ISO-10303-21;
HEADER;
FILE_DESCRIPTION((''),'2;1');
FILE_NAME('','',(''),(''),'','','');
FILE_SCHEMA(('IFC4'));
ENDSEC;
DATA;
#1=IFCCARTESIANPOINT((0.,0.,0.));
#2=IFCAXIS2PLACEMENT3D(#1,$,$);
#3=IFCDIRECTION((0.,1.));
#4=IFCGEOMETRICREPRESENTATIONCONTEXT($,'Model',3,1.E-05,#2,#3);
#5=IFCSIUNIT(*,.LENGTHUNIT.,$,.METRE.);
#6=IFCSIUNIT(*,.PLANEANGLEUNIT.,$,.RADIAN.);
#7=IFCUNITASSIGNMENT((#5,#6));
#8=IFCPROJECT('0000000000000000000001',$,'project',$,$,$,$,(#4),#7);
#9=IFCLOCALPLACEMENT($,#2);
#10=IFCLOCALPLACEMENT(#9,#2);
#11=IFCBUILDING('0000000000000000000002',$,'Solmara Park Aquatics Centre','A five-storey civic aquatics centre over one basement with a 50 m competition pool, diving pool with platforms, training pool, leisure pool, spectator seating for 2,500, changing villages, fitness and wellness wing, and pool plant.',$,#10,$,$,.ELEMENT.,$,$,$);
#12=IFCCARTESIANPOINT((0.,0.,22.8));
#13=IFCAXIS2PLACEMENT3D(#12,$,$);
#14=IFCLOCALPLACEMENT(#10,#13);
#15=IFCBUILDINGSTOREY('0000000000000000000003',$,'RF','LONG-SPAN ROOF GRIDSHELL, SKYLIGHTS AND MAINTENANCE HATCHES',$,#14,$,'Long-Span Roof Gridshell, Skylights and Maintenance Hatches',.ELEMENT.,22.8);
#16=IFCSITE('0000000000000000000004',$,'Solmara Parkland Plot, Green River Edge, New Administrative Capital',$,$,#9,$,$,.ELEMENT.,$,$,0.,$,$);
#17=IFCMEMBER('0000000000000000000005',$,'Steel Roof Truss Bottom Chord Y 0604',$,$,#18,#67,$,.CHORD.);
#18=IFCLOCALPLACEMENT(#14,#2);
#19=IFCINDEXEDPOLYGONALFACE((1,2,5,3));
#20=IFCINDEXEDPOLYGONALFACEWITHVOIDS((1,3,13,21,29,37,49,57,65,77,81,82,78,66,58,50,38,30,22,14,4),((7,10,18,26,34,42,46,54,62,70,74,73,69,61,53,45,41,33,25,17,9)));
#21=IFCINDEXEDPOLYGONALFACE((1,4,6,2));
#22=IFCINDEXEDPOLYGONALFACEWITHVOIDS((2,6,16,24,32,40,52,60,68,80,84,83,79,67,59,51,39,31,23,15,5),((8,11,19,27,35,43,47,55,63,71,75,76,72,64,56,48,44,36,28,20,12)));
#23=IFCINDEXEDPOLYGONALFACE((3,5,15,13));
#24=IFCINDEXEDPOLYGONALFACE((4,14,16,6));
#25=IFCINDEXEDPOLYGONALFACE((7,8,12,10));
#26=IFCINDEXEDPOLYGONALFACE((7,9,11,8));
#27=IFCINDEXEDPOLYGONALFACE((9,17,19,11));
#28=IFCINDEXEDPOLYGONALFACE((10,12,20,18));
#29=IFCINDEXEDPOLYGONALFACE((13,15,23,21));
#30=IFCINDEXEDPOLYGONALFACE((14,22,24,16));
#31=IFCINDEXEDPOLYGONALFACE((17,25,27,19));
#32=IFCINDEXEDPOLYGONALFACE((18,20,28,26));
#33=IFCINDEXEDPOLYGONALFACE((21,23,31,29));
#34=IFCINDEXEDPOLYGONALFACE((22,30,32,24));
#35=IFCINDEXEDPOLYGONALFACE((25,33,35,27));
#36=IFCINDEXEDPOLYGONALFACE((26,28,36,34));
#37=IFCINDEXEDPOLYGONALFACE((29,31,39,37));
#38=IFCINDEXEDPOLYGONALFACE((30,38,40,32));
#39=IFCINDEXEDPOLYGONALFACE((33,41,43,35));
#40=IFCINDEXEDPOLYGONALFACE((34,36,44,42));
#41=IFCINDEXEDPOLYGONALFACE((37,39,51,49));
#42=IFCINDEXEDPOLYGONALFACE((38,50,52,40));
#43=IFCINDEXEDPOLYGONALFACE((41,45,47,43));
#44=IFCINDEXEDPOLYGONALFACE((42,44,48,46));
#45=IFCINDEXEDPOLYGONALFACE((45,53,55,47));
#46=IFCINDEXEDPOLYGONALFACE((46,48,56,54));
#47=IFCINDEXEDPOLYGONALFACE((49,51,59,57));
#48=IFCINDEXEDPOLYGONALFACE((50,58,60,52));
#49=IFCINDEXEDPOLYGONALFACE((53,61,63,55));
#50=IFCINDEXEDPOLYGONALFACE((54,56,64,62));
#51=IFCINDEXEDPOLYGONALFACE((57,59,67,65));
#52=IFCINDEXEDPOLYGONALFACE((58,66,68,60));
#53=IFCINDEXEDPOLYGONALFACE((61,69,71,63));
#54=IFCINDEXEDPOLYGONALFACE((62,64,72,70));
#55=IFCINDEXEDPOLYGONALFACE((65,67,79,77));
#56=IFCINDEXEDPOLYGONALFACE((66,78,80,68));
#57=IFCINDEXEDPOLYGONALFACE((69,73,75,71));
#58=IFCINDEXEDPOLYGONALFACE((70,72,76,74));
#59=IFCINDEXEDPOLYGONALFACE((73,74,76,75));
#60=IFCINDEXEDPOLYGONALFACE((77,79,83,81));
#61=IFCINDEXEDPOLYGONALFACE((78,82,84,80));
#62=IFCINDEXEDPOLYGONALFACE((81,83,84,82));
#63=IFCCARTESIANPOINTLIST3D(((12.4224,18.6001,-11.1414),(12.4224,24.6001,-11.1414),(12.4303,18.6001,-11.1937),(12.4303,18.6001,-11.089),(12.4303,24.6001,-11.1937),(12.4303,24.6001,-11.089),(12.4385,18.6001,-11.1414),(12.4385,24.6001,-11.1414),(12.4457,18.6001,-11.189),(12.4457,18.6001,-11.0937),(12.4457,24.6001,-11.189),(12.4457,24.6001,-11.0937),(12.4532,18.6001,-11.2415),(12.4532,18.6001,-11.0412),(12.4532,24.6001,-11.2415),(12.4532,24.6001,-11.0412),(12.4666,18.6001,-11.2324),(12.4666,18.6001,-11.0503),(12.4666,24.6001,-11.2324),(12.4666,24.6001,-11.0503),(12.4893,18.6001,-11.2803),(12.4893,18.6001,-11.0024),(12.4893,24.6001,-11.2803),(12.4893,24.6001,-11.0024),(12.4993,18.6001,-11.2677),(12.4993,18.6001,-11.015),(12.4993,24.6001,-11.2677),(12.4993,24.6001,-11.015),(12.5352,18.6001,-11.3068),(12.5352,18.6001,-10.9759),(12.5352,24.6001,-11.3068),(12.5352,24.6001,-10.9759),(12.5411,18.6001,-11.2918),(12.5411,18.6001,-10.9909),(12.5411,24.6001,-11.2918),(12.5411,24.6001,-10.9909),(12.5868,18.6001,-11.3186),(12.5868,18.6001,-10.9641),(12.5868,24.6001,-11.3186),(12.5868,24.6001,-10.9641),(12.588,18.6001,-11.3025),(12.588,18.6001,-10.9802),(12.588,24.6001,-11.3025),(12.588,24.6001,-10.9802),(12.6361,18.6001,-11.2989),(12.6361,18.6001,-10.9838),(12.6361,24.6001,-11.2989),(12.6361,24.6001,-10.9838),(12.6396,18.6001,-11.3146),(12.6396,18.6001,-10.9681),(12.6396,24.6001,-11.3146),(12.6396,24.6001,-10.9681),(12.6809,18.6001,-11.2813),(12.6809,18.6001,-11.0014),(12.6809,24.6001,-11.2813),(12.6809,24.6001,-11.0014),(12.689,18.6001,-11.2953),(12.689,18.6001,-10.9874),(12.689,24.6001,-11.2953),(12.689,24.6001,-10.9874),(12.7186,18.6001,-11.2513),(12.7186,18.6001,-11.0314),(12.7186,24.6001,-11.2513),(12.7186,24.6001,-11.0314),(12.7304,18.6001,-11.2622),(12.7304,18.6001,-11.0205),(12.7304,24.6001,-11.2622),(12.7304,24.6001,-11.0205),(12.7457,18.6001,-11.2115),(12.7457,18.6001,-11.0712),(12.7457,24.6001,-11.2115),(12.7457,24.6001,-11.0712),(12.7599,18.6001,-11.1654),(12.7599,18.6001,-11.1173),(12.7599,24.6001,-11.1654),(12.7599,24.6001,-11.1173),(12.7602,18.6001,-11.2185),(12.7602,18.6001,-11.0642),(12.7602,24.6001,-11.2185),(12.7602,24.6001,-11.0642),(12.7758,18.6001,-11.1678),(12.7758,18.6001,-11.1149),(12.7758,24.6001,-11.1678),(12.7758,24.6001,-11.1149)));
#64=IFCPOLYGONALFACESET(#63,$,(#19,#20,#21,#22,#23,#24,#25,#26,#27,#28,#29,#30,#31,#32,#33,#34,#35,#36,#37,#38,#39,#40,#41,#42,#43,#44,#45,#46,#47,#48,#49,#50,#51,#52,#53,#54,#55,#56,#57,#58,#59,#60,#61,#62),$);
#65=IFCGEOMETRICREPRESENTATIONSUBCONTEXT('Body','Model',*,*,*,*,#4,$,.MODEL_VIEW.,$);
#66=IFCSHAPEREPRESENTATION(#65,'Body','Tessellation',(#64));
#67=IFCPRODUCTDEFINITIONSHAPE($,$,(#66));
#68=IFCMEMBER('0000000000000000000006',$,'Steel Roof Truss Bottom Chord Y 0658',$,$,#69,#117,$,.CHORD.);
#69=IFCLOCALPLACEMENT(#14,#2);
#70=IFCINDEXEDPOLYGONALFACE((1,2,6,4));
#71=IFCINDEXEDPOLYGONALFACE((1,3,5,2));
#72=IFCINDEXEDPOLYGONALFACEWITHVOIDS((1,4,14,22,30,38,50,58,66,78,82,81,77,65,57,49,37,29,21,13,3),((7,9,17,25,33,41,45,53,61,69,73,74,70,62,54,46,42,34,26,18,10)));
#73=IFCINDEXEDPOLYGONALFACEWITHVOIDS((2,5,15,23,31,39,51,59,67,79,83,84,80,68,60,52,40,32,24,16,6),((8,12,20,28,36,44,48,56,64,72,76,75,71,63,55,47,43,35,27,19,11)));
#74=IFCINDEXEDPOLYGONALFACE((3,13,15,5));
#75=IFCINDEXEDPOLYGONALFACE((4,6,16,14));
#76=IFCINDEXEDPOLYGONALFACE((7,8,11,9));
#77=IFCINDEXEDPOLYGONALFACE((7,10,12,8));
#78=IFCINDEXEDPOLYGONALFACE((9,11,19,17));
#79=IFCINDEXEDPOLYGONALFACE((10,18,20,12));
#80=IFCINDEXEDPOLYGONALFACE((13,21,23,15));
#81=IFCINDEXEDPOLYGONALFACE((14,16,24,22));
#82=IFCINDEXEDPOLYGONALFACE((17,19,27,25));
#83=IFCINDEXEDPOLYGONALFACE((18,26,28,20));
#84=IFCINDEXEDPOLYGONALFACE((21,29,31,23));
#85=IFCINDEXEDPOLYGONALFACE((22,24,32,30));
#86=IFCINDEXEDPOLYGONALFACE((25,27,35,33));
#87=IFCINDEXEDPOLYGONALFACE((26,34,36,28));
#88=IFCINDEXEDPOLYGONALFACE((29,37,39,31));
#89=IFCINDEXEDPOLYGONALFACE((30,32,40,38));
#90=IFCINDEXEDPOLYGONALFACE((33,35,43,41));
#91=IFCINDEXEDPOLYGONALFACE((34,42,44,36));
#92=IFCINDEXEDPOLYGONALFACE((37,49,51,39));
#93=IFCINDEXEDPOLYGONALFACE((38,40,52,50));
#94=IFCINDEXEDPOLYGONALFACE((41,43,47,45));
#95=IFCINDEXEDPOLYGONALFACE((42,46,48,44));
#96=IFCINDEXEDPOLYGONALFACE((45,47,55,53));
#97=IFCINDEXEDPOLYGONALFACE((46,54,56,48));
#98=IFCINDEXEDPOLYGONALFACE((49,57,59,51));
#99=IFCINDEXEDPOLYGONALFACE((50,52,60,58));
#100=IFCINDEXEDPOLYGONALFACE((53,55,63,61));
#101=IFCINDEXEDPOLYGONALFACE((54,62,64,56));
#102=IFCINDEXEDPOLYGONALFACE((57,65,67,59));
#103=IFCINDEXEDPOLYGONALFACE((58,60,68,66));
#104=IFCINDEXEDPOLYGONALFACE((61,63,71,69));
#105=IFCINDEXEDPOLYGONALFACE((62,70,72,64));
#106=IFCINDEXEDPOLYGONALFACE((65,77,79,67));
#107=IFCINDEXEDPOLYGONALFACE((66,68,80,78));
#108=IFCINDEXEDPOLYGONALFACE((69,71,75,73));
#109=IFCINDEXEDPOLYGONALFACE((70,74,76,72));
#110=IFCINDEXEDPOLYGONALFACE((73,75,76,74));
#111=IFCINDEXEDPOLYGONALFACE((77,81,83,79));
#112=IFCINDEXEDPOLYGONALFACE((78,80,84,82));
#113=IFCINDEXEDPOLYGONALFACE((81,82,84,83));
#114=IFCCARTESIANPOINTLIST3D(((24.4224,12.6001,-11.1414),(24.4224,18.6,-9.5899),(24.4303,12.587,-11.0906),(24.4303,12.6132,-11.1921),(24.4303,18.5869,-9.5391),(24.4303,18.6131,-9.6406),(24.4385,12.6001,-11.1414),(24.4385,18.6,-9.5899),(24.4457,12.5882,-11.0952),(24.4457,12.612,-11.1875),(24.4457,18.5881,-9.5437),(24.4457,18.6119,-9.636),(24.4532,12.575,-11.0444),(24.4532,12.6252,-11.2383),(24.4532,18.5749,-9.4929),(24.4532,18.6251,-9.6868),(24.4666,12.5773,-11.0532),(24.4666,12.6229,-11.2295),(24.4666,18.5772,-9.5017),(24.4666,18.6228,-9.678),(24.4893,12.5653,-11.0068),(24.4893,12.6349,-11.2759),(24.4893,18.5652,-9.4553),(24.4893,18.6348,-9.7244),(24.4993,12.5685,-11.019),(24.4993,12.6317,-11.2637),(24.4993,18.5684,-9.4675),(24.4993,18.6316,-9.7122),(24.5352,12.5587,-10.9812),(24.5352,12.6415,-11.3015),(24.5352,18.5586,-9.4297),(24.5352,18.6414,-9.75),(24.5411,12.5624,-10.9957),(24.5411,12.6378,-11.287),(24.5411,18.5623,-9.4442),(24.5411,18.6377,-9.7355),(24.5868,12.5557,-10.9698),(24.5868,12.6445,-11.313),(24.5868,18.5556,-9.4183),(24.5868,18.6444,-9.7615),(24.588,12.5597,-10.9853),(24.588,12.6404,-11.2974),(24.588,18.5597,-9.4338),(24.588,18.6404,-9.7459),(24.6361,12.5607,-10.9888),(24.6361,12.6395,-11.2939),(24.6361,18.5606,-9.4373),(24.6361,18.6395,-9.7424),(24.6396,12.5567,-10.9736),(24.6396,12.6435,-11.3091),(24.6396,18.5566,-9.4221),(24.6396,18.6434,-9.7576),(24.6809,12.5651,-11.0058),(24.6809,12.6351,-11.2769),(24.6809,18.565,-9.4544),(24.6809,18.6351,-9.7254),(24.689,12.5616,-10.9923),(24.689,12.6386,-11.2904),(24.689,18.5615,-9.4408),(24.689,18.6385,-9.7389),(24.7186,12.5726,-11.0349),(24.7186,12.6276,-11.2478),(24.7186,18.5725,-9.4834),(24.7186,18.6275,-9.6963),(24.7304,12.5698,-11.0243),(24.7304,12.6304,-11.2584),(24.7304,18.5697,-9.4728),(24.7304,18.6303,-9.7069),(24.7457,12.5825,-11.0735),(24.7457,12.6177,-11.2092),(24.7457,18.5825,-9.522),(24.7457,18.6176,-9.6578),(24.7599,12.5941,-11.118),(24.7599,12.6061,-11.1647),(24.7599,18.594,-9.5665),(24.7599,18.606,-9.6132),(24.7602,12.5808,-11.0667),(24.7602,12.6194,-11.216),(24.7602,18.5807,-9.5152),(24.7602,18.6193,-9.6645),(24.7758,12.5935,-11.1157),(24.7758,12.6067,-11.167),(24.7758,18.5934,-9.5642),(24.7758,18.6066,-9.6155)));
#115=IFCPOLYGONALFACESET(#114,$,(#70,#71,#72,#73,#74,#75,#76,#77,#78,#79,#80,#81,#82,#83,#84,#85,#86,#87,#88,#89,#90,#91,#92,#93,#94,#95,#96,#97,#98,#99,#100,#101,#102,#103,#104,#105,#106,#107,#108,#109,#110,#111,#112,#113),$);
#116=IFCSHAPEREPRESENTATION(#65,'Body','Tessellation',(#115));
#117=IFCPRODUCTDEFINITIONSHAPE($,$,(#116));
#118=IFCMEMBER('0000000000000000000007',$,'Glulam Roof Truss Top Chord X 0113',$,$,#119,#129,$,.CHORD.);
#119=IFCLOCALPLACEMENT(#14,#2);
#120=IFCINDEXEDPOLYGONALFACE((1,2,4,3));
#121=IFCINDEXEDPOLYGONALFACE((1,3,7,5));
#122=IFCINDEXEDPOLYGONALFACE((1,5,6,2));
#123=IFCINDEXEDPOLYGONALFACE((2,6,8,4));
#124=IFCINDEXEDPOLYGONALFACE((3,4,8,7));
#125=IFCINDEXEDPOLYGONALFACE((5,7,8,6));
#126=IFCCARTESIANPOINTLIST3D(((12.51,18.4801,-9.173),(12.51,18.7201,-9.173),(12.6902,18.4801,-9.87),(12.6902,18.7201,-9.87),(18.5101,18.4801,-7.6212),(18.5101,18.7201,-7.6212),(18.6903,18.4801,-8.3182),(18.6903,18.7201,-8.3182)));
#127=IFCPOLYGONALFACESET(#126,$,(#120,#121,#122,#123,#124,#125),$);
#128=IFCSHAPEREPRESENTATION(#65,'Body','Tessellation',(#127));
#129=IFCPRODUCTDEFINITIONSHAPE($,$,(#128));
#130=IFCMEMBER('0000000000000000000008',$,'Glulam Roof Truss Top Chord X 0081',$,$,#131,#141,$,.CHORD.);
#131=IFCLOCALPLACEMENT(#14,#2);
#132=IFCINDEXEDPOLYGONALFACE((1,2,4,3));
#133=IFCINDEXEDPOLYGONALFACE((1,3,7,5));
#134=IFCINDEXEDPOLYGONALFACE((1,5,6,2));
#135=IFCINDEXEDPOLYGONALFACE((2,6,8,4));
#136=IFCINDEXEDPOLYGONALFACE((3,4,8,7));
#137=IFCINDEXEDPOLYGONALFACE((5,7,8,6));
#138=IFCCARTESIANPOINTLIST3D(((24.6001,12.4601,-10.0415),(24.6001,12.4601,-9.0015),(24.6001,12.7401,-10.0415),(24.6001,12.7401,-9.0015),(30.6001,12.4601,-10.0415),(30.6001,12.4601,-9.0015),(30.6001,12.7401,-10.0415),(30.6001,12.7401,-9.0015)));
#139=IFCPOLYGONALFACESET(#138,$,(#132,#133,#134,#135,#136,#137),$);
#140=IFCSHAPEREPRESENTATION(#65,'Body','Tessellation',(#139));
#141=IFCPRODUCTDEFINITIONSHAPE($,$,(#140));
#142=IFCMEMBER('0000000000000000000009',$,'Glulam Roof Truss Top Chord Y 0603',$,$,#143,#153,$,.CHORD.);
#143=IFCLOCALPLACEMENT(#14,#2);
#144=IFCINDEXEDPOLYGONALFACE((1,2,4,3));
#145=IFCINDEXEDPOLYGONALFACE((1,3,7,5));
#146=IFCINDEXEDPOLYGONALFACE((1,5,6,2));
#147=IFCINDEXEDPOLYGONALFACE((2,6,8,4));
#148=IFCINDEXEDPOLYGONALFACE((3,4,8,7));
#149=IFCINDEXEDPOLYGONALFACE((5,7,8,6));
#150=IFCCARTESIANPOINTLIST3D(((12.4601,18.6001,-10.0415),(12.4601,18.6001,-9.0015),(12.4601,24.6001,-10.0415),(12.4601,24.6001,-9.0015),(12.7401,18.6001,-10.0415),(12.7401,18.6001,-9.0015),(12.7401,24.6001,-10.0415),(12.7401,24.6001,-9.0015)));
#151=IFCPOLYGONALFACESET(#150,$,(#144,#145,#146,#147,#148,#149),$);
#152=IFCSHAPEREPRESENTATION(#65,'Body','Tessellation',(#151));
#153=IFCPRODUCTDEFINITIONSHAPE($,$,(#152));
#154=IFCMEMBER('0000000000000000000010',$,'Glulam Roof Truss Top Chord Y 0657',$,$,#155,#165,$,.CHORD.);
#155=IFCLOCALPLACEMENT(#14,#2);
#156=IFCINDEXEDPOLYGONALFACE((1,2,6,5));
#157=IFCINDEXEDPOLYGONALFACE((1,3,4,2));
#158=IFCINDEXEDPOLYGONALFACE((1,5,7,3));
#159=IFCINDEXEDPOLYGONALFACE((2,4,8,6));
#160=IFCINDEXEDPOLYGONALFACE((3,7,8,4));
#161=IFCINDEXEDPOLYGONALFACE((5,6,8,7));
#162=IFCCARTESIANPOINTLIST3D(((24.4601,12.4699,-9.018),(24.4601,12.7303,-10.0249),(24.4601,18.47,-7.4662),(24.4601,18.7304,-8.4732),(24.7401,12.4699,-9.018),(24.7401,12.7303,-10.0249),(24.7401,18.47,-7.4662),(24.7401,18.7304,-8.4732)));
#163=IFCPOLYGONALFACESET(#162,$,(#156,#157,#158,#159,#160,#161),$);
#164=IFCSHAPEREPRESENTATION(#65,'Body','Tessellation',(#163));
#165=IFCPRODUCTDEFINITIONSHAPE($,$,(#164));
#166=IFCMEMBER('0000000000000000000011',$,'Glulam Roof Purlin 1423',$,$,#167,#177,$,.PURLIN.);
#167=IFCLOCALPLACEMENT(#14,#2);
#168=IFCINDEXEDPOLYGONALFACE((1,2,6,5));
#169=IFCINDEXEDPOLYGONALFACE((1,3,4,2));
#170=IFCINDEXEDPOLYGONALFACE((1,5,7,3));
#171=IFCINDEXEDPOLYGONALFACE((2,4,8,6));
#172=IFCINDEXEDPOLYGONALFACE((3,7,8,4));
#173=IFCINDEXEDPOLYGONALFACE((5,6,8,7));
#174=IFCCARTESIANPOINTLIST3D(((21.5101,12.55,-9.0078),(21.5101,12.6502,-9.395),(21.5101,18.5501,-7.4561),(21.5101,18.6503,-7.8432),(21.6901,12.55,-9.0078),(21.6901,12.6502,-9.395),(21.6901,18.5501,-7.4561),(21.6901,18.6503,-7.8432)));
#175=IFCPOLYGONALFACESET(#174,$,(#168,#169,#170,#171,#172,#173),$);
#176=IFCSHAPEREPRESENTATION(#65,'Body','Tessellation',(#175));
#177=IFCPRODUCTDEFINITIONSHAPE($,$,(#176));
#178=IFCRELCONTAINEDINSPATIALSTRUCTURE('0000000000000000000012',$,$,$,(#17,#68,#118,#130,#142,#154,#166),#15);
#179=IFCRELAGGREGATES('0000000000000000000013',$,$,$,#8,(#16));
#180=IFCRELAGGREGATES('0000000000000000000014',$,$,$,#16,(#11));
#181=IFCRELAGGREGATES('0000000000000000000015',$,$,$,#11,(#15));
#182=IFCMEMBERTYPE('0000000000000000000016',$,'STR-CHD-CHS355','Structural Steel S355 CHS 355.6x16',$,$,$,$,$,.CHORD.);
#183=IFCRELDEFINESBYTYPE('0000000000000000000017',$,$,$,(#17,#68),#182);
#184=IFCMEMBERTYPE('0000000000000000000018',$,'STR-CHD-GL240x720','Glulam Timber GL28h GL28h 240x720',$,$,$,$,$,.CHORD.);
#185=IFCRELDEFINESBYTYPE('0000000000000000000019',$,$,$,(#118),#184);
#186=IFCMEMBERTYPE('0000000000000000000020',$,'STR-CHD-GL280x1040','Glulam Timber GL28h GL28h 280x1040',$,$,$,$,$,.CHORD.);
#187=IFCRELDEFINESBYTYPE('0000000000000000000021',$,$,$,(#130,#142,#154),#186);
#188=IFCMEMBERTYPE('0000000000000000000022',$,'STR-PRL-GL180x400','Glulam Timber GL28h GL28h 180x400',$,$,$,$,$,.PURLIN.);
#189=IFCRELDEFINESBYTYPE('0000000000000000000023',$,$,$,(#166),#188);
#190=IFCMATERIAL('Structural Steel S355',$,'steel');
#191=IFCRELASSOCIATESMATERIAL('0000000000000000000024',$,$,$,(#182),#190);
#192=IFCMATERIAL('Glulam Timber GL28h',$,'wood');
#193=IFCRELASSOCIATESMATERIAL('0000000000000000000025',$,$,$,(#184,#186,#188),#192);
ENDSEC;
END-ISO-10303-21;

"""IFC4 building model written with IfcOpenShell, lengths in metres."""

from ifc_helpers import new_model, si_unit, direction, frame, origin, origin_2d, place, context, subcontext, project, spatial, rectangle, hollow_circle, extrude, material, material_profile, profile_set, type_object, element, save


model = new_model("IFC4")

# Units and contexts
model_context = context("Model", 3, precision=1e-05, world=origin(), true_north=direction((0.0, 1.0)))
body_context = subcontext(model_context, "Body", "Model", "MODEL_VIEW")
ifc_project = project(units=[si_unit("LENGTHUNIT", "METRE"), si_unit("PLANEANGLEUNIT", "RADIAN")], contexts=[model_context])

# Site, building, storey
site_placement = place(None, origin())
site = spatial("IfcSite", under=ifc_project, at=site_placement, Name="Solmara Parkland Plot, Green River Edge, New Administrative Capital", CompositionType="ELEMENT", RefElevation=0.0)
building_placement = place(site_placement, origin())
building = spatial("IfcBuilding", under=site, at=building_placement, Name="Solmara Park Aquatics Centre", Description="A five-storey civic aquatics centre over one basement with a 50 m competition pool, diving pool with platforms, training pool, leisure pool, spectator seating for 2,500, changing villages, fitness and wellness wing, and pool plant.", CompositionType="ELEMENT")
storey_placement = place(building_placement, frame((0.0, 0.0, 22.8)))
storey = spatial("IfcBuildingStorey", under=building, at=storey_placement, Name="RF", Description="LONG-SPAN ROOF GRIDSHELL, SKYLIGHTS AND MAINTENANCE HATCHES", LongName="Long-Span Roof Gridshell, Skylights and Maintenance Hatches", CompositionType="ELEMENT", Elevation=22.8)

# Members
ifc_material_1 = material(Name="Structural Steel S355", Category="steel")
ifc_material_profile_1 = material_profile(ifc_material_1, hollow_circle(Radius=0.1777, WallThickness=0.0161, at=origin_2d()), Name="CHS 355.6x16")
ifc_profile_set_1 = profile_set([ifc_material_profile_1], Name="Structural Steel S355")
member_type_1 = type_object("IfcMemberType", Name="STR-CHD-CHS355", Description="Structural Steel S355 CHS 355.6x16", PredefinedType="CHORD", material=ifc_profile_set_1)
for number, where, z_axis, x_axis, name in (
    (1, (12.6001, 18.6001, -11.1414), (0.0, 1.0, 0.0), (-1.0, 0.0, 0.0), "Steel Roof Truss Bottom Chord Y 0604"),
):
    element("IfcMember", number, at=place(storey_placement, frame(where, z_axis=z_axis, x_axis=x_axis)), inside=storey, type_object=member_type_1, Name=name, PredefinedType="CHORD", context=body_context, shape_type="SweptSolid", body=[
        extrude(hollow_circle(Radius=0.1777, WallThickness=0.0161, at=origin_2d()), origin(), (0.0, 0.0, 1.0), 6.0),
    ])
member_1_placement = place(storey_placement, frame((24.6001, 12.6001, -11.1414), z_axis=(0.0, 0.968155, 0.250351), x_axis=(-1.0, 0.0, 0.0)))
element("IfcMember", 2, at=member_1_placement, inside=storey, type_object=member_type_1, Name="Steel Roof Truss Bottom Chord Y 0658", PredefinedType="CHORD", context=body_context, shape_type="SweptSolid", body=[
    extrude(hollow_circle(Radius=0.1777, WallThickness=0.0161, at=origin_2d()), origin(), (0.0, 0.0, 1.0), 6.1973),
])
ifc_material_2 = material(Name="Glulam Timber GL28h", Category="wood")
ifc_material_profile_2 = material_profile(ifc_material_2, rectangle(XDim=0.24, YDim=0.72, at=origin_2d()), Name="GL28h 240x720")
ifc_profile_set_2 = profile_set([ifc_material_profile_2], Name="Glulam Timber GL28h")
member_type_2 = type_object("IfcMemberType", Name="STR-CHD-GL240x720", Description="Glulam Timber GL28h GL28h 240x720", PredefinedType="CHORD", material=ifc_profile_set_2)
member_2_placement = place(storey_placement, frame((12.6001, 18.6001, -9.5215), z_axis=(0.968146, 0.0, 0.250388), x_axis=(0.0, 1.0, 0.0)))
element("IfcMember", 3, at=member_2_placement, inside=storey, type_object=member_type_2, Name="Glulam Roof Truss Top Chord X 0113", PredefinedType="CHORD", context=body_context, shape_type="SweptSolid", body=[
    extrude(rectangle(XDim=0.24, YDim=0.72, at=origin_2d()), origin(), (0.0, 0.0, 1.0), 6.1975),
])
ifc_material_profile_3 = material_profile(ifc_material_2, rectangle(XDim=0.28, YDim=1.04, at=origin_2d()), Name="GL28h 280x1040")
ifc_profile_set_3 = profile_set([ifc_material_profile_3], Name="Glulam Timber GL28h")
member_type_3 = type_object("IfcMemberType", Name="STR-CHD-GL280x1040", Description="Glulam Timber GL28h GL28h 280x1040", PredefinedType="CHORD", material=ifc_profile_set_3)
for number, where, z_axis, x_axis, name in (
    (4, (24.6001, 12.6001, -9.5215), (1.0, 0.0, 0.0), (0.0, 1.0, 0.0), "Glulam Roof Truss Top Chord X 0081"),
    (5, (12.6001, 18.6001, -9.5215), (0.0, 1.0, 0.0), (-1.0, 0.0, 0.0), "Glulam Roof Truss Top Chord Y 0603"),
):
    element("IfcMember", number, at=place(storey_placement, frame(where, z_axis=z_axis, x_axis=x_axis)), inside=storey, type_object=member_type_3, Name=name, PredefinedType="CHORD", context=body_context, shape_type="SweptSolid", body=[
        extrude(rectangle(XDim=0.28, YDim=1.04, at=origin_2d()), origin(), (0.0, 0.0, 1.0), 6.0),
    ])
member_3_placement = place(storey_placement, frame((24.6001, 12.6001, -9.5215), z_axis=(0.0, 0.968146, 0.250388), x_axis=(-1.0, 0.0, 0.0)))
element("IfcMember", 6, at=member_3_placement, inside=storey, type_object=member_type_3, Name="Glulam Roof Truss Top Chord Y 0657", PredefinedType="CHORD", context=body_context, shape_type="SweptSolid", body=[
    extrude(rectangle(XDim=0.28, YDim=1.04, at=origin_2d()), origin(), (0.0, 0.0, 1.0), 6.1975),
])
ifc_material_profile_4 = material_profile(ifc_material_2, rectangle(XDim=0.1799, YDim=0.3999, at=origin_2d()), Name="GL28h 180x400")
ifc_profile_set_4 = profile_set([ifc_material_profile_4], Name="Glulam Timber GL28h")
member_type_4 = type_object("IfcMemberType", Name="STR-PRL-GL180x400", Description="Glulam Timber GL28h GL28h 180x400", PredefinedType="PURLIN", material=ifc_profile_set_4)
member_4_placement = place(storey_placement, frame((21.6001, 12.6001, -9.2014), z_axis=(0.0, 0.968146, 0.250388), x_axis=(-1.0, 0.0, 0.0)))
element("IfcMember", 7, at=member_4_placement, inside=storey, type_object=member_type_4, Name="Glulam Roof Purlin 1423", PredefinedType="PURLIN", context=body_context, shape_type="SweptSolid", body=[
    extrude(rectangle(XDim=0.1799, YDim=0.3999, at=origin_2d()), origin(), (0.0, 0.0, 1.0), 6.1975),
])

save(model, "model.ifc")
